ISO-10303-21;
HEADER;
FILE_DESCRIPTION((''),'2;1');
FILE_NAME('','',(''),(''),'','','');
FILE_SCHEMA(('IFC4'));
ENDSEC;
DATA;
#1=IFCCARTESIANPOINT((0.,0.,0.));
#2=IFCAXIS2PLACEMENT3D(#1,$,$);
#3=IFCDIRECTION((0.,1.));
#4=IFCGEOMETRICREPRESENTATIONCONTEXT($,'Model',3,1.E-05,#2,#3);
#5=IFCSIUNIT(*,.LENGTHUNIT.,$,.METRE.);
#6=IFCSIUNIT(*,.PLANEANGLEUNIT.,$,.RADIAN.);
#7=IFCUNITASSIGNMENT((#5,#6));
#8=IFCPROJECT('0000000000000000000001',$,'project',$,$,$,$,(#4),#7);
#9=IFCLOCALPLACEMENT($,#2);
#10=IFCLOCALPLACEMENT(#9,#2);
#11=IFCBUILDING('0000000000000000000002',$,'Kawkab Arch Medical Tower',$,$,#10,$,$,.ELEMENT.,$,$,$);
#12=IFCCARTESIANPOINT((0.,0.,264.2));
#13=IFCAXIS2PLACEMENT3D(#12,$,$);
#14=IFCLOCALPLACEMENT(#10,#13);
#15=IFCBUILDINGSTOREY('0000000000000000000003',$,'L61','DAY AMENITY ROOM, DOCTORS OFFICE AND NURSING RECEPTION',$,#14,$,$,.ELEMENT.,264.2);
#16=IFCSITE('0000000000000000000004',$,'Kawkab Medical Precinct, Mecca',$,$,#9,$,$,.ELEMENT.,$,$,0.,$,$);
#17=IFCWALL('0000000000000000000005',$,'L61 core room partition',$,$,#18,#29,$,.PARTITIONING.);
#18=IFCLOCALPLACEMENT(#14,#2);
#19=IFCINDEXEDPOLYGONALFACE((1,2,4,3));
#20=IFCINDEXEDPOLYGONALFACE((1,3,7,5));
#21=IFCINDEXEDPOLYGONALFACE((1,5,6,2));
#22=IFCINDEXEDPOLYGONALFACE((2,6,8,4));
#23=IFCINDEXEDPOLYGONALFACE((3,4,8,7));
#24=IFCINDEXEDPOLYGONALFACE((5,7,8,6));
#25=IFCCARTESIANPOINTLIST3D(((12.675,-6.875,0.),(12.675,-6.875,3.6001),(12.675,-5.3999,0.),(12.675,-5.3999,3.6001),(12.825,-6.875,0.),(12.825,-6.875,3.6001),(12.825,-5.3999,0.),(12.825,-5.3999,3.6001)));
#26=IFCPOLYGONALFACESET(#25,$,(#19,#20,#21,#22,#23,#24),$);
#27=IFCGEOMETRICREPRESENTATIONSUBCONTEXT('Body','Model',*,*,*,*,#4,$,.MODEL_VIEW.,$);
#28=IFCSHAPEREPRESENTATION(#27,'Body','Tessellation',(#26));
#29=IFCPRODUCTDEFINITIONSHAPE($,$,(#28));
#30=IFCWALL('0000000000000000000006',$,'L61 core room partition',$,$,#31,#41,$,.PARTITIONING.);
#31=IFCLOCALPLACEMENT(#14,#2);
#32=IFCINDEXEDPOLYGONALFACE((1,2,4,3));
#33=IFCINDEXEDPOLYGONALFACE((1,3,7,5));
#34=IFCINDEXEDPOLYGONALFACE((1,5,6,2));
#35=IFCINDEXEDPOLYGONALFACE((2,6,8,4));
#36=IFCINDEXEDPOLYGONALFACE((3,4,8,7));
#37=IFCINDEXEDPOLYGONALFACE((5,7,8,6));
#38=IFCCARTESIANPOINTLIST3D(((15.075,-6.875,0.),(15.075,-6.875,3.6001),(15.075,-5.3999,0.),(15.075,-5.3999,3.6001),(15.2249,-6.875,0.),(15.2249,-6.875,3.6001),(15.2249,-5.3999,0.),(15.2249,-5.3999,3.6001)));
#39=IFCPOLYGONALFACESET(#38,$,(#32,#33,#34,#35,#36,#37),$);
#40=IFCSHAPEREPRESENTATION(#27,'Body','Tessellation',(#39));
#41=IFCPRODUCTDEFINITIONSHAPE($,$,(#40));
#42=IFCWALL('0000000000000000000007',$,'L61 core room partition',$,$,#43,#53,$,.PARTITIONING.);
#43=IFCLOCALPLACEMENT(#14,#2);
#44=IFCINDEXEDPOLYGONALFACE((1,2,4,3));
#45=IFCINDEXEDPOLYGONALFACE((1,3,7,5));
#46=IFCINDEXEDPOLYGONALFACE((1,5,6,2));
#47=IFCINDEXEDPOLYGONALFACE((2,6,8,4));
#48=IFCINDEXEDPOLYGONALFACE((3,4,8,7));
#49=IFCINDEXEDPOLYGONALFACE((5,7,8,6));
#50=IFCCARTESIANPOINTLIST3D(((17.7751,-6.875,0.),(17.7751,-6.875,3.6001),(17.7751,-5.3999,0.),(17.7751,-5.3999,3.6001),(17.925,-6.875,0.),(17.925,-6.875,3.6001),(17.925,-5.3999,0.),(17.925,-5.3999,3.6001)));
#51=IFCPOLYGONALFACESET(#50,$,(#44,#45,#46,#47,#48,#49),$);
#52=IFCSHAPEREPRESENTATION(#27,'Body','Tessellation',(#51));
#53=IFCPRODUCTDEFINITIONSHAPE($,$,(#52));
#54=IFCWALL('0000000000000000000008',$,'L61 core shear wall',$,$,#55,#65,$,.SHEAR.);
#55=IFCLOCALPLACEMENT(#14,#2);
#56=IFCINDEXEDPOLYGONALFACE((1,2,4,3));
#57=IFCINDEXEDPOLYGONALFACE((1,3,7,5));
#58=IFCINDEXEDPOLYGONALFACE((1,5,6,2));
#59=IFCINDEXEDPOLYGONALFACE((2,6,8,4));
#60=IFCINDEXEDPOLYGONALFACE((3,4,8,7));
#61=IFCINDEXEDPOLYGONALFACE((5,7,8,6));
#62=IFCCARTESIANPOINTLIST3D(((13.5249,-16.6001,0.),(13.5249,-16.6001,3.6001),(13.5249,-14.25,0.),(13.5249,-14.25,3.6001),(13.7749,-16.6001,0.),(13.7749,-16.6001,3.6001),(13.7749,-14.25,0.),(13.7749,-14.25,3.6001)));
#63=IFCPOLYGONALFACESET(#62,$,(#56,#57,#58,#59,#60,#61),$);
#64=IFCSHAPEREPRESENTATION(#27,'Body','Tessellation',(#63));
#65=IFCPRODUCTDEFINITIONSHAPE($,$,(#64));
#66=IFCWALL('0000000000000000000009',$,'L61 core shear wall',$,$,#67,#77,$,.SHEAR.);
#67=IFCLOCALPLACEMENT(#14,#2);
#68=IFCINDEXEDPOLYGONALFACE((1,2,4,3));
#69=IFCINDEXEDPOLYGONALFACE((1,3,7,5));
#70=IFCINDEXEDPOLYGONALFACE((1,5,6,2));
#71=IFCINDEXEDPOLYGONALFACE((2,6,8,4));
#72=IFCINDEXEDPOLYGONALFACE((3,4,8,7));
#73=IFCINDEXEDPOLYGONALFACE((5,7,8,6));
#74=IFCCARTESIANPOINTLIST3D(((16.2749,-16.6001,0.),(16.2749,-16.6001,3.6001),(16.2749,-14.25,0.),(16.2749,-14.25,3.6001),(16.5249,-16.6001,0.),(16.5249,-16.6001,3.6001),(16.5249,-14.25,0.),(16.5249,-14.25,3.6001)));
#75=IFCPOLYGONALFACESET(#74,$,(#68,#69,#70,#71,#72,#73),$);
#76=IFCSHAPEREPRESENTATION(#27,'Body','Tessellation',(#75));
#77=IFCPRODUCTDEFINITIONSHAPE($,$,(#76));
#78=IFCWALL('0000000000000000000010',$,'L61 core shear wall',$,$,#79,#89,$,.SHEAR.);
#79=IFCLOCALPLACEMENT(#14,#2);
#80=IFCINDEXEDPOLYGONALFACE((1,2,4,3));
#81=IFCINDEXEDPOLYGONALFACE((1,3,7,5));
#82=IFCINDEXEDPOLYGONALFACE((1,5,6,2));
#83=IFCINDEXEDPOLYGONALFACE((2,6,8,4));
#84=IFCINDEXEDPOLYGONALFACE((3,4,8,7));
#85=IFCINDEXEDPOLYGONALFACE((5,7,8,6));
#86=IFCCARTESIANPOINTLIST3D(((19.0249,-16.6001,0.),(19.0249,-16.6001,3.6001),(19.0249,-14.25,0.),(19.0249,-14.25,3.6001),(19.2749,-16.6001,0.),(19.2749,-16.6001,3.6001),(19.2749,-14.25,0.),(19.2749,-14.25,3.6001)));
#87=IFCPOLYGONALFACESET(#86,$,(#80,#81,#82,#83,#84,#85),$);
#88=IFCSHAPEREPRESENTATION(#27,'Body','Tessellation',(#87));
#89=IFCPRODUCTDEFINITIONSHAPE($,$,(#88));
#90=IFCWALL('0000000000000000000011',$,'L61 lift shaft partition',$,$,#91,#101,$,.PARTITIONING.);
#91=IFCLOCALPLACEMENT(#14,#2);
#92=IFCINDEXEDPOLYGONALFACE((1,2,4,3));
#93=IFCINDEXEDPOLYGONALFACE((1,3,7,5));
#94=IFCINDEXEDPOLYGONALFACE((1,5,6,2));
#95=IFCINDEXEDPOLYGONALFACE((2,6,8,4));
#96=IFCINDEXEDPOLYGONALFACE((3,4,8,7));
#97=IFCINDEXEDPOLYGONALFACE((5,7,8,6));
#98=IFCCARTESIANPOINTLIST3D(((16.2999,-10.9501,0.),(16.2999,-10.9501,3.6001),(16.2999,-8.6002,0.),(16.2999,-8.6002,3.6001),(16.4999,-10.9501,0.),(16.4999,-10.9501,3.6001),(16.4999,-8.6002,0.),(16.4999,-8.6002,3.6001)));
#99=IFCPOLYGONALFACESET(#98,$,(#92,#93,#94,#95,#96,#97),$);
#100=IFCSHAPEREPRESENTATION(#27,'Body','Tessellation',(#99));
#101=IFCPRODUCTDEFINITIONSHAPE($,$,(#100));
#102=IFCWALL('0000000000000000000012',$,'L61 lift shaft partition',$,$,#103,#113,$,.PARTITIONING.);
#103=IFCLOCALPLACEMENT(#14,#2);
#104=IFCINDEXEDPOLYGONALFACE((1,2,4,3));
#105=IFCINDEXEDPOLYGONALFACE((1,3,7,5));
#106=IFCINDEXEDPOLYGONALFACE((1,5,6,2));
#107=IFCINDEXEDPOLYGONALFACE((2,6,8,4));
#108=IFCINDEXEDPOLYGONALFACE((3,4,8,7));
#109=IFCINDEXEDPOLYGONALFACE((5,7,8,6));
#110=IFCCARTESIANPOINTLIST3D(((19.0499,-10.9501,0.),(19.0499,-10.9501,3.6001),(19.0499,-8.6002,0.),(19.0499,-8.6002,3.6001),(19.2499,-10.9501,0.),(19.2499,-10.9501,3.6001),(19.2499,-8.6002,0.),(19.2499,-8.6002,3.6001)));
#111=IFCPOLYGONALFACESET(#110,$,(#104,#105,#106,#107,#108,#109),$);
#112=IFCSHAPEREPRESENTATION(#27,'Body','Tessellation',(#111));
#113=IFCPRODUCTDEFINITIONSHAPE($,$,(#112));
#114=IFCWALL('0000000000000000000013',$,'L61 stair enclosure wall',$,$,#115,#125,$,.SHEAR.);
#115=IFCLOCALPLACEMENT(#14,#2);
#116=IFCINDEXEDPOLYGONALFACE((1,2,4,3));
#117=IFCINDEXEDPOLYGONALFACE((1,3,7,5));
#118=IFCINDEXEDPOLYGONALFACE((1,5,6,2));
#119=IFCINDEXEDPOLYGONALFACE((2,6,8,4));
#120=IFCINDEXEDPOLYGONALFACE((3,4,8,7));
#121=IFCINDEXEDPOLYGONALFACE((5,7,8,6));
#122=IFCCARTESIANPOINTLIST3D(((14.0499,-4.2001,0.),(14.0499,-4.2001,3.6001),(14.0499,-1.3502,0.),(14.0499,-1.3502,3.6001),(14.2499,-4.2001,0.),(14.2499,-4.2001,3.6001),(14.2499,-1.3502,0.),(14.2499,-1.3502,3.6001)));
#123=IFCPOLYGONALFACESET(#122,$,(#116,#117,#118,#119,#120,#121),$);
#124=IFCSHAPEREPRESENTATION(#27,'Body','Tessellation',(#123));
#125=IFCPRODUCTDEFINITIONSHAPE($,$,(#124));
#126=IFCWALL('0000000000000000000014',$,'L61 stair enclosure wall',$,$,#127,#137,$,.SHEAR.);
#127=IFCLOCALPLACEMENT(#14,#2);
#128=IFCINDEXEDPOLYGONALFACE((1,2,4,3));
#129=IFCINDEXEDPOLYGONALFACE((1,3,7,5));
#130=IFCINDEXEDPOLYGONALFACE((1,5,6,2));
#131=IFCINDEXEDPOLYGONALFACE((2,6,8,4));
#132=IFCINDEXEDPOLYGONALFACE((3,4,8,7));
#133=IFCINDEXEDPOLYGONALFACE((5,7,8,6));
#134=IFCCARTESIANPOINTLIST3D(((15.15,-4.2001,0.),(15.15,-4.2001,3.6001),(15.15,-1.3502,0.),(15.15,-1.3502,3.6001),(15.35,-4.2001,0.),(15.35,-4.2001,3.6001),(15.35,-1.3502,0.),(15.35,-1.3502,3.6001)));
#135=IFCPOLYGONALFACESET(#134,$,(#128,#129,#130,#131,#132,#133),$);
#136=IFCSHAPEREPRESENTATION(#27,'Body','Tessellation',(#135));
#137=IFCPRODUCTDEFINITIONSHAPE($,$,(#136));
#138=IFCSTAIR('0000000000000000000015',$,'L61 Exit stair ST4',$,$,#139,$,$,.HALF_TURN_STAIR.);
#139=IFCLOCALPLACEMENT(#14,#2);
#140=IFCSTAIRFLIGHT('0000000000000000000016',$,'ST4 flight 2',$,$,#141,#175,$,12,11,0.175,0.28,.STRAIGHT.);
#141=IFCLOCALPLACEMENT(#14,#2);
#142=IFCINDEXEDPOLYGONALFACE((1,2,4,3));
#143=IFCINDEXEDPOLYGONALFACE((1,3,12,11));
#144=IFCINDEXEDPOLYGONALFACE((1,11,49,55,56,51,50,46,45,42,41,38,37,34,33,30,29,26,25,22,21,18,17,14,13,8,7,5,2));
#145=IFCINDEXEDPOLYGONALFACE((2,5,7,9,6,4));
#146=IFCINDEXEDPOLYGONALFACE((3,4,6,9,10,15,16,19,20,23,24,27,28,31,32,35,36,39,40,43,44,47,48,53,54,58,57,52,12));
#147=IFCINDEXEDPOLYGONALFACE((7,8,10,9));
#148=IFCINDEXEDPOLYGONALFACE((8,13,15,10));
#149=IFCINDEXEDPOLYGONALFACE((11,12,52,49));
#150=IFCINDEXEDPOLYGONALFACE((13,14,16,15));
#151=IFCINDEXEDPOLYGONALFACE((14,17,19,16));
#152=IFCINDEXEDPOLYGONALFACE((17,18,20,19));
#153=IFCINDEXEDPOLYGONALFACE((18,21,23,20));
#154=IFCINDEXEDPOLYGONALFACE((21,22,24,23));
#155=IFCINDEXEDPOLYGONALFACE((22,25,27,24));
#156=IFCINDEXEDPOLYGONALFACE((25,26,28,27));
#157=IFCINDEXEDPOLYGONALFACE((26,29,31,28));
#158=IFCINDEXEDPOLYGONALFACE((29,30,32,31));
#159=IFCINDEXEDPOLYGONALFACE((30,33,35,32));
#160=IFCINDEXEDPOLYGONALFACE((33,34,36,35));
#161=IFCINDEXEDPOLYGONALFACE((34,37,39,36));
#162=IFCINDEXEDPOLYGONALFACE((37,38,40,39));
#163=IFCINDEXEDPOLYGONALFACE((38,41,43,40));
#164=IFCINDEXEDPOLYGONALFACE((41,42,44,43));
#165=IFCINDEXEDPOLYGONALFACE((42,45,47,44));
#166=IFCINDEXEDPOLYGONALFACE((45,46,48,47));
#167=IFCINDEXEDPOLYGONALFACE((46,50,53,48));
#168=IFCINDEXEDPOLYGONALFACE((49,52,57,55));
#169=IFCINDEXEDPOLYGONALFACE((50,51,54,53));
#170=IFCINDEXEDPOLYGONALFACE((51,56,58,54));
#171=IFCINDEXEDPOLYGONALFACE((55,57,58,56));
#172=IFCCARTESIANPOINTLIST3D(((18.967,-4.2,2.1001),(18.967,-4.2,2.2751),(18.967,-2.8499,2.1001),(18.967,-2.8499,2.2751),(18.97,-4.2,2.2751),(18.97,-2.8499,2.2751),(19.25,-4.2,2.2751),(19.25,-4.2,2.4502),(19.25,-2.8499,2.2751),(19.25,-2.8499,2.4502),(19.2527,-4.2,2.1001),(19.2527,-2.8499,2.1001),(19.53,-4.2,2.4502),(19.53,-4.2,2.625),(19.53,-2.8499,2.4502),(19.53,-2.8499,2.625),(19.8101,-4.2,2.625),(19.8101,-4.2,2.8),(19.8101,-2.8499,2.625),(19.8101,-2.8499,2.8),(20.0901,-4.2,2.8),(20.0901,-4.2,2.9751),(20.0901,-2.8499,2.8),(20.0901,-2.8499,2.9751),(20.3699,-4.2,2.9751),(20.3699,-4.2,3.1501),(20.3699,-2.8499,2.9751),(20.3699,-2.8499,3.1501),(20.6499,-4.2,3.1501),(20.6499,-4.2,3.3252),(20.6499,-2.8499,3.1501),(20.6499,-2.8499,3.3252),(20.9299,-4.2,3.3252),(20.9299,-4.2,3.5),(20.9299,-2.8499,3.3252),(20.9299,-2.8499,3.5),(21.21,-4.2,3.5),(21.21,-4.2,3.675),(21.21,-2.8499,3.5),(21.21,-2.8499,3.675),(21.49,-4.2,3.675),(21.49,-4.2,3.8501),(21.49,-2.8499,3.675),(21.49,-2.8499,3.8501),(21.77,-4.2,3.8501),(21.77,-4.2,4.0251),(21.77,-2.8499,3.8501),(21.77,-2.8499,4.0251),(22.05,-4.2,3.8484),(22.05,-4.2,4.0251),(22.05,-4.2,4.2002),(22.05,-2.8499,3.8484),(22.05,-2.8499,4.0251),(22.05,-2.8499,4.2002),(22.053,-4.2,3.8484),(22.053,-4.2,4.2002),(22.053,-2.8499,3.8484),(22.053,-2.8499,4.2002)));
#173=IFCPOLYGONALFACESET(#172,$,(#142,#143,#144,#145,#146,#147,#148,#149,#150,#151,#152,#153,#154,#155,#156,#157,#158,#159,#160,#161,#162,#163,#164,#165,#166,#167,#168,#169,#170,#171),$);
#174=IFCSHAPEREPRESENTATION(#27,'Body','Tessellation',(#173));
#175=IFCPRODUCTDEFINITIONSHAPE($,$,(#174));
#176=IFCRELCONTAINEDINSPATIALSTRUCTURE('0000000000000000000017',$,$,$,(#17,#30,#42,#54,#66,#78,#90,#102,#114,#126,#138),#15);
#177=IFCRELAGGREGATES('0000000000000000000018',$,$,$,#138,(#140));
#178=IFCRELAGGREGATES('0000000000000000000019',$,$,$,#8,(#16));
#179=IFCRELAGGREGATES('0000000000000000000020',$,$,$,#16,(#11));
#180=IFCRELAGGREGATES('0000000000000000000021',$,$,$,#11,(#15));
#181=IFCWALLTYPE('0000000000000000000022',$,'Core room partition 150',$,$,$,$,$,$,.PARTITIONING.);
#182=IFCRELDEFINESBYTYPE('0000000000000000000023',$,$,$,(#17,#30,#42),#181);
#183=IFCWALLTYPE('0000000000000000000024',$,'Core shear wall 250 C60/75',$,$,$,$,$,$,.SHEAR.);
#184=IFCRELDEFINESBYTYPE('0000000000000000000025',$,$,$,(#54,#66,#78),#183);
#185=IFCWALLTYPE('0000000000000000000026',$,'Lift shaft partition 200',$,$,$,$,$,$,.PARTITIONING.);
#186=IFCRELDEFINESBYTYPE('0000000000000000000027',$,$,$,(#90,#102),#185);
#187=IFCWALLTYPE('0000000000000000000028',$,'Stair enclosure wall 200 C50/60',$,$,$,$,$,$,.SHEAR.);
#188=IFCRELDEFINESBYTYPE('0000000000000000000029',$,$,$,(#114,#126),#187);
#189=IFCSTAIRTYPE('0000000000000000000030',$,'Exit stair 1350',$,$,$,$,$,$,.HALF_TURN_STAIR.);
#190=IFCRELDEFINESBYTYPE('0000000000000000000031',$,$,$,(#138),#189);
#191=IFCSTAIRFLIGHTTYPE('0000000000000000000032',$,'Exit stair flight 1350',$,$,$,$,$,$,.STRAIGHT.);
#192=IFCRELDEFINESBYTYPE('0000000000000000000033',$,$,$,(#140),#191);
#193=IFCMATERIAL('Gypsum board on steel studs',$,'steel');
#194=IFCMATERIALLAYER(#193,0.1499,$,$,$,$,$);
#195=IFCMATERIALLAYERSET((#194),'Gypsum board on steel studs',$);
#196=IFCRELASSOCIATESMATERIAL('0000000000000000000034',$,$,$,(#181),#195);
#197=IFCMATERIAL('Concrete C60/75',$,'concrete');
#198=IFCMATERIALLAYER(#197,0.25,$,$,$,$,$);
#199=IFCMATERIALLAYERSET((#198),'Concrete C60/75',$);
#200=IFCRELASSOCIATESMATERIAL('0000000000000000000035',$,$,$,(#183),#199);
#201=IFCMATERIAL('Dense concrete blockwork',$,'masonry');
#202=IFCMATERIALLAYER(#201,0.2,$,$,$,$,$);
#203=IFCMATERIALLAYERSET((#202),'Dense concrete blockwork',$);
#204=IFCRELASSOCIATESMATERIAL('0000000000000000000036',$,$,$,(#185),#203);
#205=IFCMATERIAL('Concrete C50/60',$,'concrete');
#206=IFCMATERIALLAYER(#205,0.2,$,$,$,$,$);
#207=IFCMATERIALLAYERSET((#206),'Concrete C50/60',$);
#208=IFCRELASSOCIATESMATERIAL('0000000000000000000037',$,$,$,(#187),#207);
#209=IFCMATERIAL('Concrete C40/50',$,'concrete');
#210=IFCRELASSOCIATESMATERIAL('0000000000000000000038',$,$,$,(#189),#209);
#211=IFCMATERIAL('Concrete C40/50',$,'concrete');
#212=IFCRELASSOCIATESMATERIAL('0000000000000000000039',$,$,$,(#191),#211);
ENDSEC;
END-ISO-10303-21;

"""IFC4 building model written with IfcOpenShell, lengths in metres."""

from ifc_helpers import new_model, si_unit, direction, frame, frame_2d, origin, place, context, subcontext, project, spatial, polyline, rectangle, outline, extrude, material, layer, layer_set, type_object, element, aggregate, save


model = new_model("IFC4")

# Units and contexts
model_context = context("Model", 3, precision=1e-05, world=origin(), true_north=direction((0.0, 1.0)))
body_context = subcontext(model_context, "Body", "Model", "MODEL_VIEW")
ifc_project = project(units=[si_unit("LENGTHUNIT", "METRE"), si_unit("PLANEANGLEUNIT", "RADIAN")], contexts=[model_context])

# Site, building, storey
site_placement = place(None, origin())
site = spatial("IfcSite", under=ifc_project, at=site_placement, Name="Kawkab Medical Precinct, Mecca", CompositionType="ELEMENT", RefElevation=0.0)
building_placement = place(site_placement, origin())
building = spatial("IfcBuilding", under=site, at=building_placement, Name="Kawkab Arch Medical Tower", CompositionType="ELEMENT")
storey_placement = place(building_placement, frame((0.0, 0.0, 264.2)))
storey = spatial("IfcBuildingStorey", under=building, at=storey_placement, Name="L61", Description="DAY AMENITY ROOM, DOCTORS OFFICE AND NURSING RECEPTION", CompositionType="ELEMENT", Elevation=264.2)

# Walls
ifc_material_1 = material(Name="Gypsum board on steel studs", Category="steel")
ifc_layer_1 = layer(ifc_material_1, 0.1499)
ifc_layer_set_1 = layer_set([ifc_layer_1], Name="Gypsum board on steel studs")
wall_type_1 = type_object("IfcWallType", Name="Core room partition 150", PredefinedType="PARTITIONING", material=ifc_layer_set_1)
for number, where, z_axis, x_axis, name in (
    (1, (12.75, -6.875, 0.0), (0.0, 0.0, 1.0), (0.0, 1.0, 0.0), "L61 core room partition"),
    (2, (15.1499, -6.875, 0.0), (0.0, 0.0, 1.0), (0.0, 1.0, 0.0), "L61 core room partition"),
    (3, (17.8501, -6.875, 0.0), (0.0, 0.0, 1.0), (0.0, 1.0, 0.0), "L61 core room partition"),
):
    element("IfcWall", number, at=place(storey_placement, frame(where, z_axis=z_axis, x_axis=x_axis)), inside=storey, type_object=wall_type_1, Name=name, PredefinedType="PARTITIONING", context=body_context, shape_type="SweptSolid", body=[
        extrude(rectangle(XDim=1.4751, YDim=0.1499, at=frame_2d((0.7375, 0.0))), origin(), (0.0, 0.0, 1.0), 3.6001),
    ])
ifc_material_2 = material(Name="Concrete C60/75", Category="concrete")
ifc_layer_2 = layer(ifc_material_2, 0.25)
ifc_layer_set_2 = layer_set([ifc_layer_2], Name="Concrete C60/75")
wall_type_2 = type_object("IfcWallType", Name="Core shear wall 250 C60/75", PredefinedType="SHEAR", material=ifc_layer_set_2)
for number, where, z_axis, x_axis, name in (
    (4, (13.6499, -16.6001, 0.0), (0.0, 0.0, 1.0), (0.0, 1.0, 0.0), "L61 core shear wall"),
    (5, (16.3999, -16.6001, 0.0), (0.0, 0.0, 1.0), (0.0, 1.0, 0.0), "L61 core shear wall"),
    (6, (19.1499, -16.6001, 0.0), (0.0, 0.0, 1.0), (0.0, 1.0, 0.0), "L61 core shear wall"),
):
    element("IfcWall", number, at=place(storey_placement, frame(where, z_axis=z_axis, x_axis=x_axis)), inside=storey, type_object=wall_type_2, Name=name, PredefinedType="SHEAR", context=body_context, shape_type="SweptSolid", body=[
        extrude(rectangle(XDim=2.3501, YDim=0.25, at=frame_2d((1.175, 0.0))), origin(), (0.0, 0.0, 1.0), 3.6001),
    ])
ifc_material_3 = material(Name="Dense concrete blockwork", Category="masonry")
ifc_layer_3 = layer(ifc_material_3, 0.2)
ifc_layer_set_3 = layer_set([ifc_layer_3], Name="Dense concrete blockwork")
wall_type_3 = type_object("IfcWallType", Name="Lift shaft partition 200", PredefinedType="PARTITIONING", material=ifc_layer_set_3)
for number, where, z_axis, x_axis, name in (
    (7, (16.3999, -10.95, 0.0), (0.0, 0.0, 1.0), (0.0, 1.0, 0.0), "L61 lift shaft partition"),
    (8, (19.1499, -10.95, 0.0), (0.0, 0.0, 1.0), (0.0, 1.0, 0.0), "L61 lift shaft partition"),
):
    element("IfcWall", number, at=place(storey_placement, frame(where, z_axis=z_axis, x_axis=x_axis)), inside=storey, type_object=wall_type_3, Name=name, PredefinedType="PARTITIONING", context=body_context, shape_type="SweptSolid", body=[
        extrude(rectangle(XDim=2.3499, YDim=0.2, at=frame_2d((1.1748, 0.0))), origin(), (0.0, 0.0, 1.0), 3.6001),
    ])
ifc_material_4 = material(Name="Concrete C50/60", Category="concrete")
ifc_layer_4 = layer(ifc_material_4, 0.2)
ifc_layer_set_4 = layer_set([ifc_layer_4], Name="Concrete C50/60")
wall_type_4 = type_object("IfcWallType", Name="Stair enclosure wall 200 C50/60", PredefinedType="SHEAR", material=ifc_layer_set_4)
for number, where, z_axis, x_axis, name in (
    (9, (14.1499, -4.2, 0.0), (0.0, 0.0, 1.0), (0.0, 1.0, 0.0), "L61 stair enclosure wall"),
    (10, (15.25, -4.2, 0.0), (0.0, 0.0, 1.0), (0.0, 1.0, 0.0), "L61 stair enclosure wall"),
):
    element("IfcWall", number, at=place(storey_placement, frame(where, z_axis=z_axis, x_axis=x_axis)), inside=storey, type_object=wall_type_4, Name=name, PredefinedType="SHEAR", context=body_context, shape_type="SweptSolid", body=[
        extrude(rectangle(XDim=2.8499, YDim=0.2, at=frame_2d((1.4248, 0.0))), origin(), (0.0, 0.0, 1.0), 3.6001),
    ])

# Stair, stair flight
ifc_material_5 = material(Name="Concrete C40/50", Category="concrete")
stair_type = type_object("IfcStairType", Name="Exit stair 1350", PredefinedType="HALF_TURN_STAIR", material=ifc_material_5)
stair_placement = place(storey_placement, origin())
stair = element("IfcStair", 11, at=stair_placement, inside=storey, type_object=stair_type, Name="L61 Exit stair ST4", PredefinedType="HALF_TURN_STAIR")
ifc_material_6 = material(Name="Concrete C40/50", Category="concrete")
stair_flight_type = type_object("IfcStairFlightType", Name="Exit stair flight 1350", PredefinedType="STRAIGHT", material=ifc_material_6)
stair_flight_placement = place(storey_placement, frame((18.97, -3.5249, 2.1001), z_axis=(0.0, 0.0, 1.0), x_axis=(1.0, 0.0, 0.0)))
stair_flight = element("IfcStairFlight", 12, at=stair_flight_placement, type_object=stair_flight_type, Name="ST4 flight 2", NumberOfRisers=12, NumberOfTreads=11, PredefinedType="STRAIGHT", RiserHeight=0.175, TreadLength=0.28, context=body_context, shape_type="SweptSolid", body=[
    extrude(outline(polyline([(-0.0029, 0.0), (-0.0029, 0.175), (0.0, 0.175), (0.28, 0.175), (0.28, 0.3501), (0.5601, 0.3501), (0.5601, 0.5249), (0.8401, 0.5249), (0.8401, 0.7), (1.1201, 0.7), (1.1201, 0.875), (1.3999, 0.875), (1.3999, 1.05), (1.6799, 1.05), (1.6799, 1.2251), (1.96, 1.2251), (1.96, 1.3999), (2.24, 1.3999), (2.24, 1.575), (2.52, 1.575), (2.52, 1.75), (2.8, 1.75), (2.8, 1.925), (3.0801, 1.925), (3.0801, 2.1001), (3.083, 2.1001), (3.083, 1.7483), (3.0801, 1.7483), (0.2827, 0.0), (-0.0029, 0.0)])), frame((0.0, 0.675, 0.0), z_axis=(0.0, -1.0, 0.0), x_axis=(1.0, 0.0, 0.0)), (0.0, 0.0, 1.0), 1.3501),
])
aggregate(stair, [stair_flight])

save(model, "model.ifc")
